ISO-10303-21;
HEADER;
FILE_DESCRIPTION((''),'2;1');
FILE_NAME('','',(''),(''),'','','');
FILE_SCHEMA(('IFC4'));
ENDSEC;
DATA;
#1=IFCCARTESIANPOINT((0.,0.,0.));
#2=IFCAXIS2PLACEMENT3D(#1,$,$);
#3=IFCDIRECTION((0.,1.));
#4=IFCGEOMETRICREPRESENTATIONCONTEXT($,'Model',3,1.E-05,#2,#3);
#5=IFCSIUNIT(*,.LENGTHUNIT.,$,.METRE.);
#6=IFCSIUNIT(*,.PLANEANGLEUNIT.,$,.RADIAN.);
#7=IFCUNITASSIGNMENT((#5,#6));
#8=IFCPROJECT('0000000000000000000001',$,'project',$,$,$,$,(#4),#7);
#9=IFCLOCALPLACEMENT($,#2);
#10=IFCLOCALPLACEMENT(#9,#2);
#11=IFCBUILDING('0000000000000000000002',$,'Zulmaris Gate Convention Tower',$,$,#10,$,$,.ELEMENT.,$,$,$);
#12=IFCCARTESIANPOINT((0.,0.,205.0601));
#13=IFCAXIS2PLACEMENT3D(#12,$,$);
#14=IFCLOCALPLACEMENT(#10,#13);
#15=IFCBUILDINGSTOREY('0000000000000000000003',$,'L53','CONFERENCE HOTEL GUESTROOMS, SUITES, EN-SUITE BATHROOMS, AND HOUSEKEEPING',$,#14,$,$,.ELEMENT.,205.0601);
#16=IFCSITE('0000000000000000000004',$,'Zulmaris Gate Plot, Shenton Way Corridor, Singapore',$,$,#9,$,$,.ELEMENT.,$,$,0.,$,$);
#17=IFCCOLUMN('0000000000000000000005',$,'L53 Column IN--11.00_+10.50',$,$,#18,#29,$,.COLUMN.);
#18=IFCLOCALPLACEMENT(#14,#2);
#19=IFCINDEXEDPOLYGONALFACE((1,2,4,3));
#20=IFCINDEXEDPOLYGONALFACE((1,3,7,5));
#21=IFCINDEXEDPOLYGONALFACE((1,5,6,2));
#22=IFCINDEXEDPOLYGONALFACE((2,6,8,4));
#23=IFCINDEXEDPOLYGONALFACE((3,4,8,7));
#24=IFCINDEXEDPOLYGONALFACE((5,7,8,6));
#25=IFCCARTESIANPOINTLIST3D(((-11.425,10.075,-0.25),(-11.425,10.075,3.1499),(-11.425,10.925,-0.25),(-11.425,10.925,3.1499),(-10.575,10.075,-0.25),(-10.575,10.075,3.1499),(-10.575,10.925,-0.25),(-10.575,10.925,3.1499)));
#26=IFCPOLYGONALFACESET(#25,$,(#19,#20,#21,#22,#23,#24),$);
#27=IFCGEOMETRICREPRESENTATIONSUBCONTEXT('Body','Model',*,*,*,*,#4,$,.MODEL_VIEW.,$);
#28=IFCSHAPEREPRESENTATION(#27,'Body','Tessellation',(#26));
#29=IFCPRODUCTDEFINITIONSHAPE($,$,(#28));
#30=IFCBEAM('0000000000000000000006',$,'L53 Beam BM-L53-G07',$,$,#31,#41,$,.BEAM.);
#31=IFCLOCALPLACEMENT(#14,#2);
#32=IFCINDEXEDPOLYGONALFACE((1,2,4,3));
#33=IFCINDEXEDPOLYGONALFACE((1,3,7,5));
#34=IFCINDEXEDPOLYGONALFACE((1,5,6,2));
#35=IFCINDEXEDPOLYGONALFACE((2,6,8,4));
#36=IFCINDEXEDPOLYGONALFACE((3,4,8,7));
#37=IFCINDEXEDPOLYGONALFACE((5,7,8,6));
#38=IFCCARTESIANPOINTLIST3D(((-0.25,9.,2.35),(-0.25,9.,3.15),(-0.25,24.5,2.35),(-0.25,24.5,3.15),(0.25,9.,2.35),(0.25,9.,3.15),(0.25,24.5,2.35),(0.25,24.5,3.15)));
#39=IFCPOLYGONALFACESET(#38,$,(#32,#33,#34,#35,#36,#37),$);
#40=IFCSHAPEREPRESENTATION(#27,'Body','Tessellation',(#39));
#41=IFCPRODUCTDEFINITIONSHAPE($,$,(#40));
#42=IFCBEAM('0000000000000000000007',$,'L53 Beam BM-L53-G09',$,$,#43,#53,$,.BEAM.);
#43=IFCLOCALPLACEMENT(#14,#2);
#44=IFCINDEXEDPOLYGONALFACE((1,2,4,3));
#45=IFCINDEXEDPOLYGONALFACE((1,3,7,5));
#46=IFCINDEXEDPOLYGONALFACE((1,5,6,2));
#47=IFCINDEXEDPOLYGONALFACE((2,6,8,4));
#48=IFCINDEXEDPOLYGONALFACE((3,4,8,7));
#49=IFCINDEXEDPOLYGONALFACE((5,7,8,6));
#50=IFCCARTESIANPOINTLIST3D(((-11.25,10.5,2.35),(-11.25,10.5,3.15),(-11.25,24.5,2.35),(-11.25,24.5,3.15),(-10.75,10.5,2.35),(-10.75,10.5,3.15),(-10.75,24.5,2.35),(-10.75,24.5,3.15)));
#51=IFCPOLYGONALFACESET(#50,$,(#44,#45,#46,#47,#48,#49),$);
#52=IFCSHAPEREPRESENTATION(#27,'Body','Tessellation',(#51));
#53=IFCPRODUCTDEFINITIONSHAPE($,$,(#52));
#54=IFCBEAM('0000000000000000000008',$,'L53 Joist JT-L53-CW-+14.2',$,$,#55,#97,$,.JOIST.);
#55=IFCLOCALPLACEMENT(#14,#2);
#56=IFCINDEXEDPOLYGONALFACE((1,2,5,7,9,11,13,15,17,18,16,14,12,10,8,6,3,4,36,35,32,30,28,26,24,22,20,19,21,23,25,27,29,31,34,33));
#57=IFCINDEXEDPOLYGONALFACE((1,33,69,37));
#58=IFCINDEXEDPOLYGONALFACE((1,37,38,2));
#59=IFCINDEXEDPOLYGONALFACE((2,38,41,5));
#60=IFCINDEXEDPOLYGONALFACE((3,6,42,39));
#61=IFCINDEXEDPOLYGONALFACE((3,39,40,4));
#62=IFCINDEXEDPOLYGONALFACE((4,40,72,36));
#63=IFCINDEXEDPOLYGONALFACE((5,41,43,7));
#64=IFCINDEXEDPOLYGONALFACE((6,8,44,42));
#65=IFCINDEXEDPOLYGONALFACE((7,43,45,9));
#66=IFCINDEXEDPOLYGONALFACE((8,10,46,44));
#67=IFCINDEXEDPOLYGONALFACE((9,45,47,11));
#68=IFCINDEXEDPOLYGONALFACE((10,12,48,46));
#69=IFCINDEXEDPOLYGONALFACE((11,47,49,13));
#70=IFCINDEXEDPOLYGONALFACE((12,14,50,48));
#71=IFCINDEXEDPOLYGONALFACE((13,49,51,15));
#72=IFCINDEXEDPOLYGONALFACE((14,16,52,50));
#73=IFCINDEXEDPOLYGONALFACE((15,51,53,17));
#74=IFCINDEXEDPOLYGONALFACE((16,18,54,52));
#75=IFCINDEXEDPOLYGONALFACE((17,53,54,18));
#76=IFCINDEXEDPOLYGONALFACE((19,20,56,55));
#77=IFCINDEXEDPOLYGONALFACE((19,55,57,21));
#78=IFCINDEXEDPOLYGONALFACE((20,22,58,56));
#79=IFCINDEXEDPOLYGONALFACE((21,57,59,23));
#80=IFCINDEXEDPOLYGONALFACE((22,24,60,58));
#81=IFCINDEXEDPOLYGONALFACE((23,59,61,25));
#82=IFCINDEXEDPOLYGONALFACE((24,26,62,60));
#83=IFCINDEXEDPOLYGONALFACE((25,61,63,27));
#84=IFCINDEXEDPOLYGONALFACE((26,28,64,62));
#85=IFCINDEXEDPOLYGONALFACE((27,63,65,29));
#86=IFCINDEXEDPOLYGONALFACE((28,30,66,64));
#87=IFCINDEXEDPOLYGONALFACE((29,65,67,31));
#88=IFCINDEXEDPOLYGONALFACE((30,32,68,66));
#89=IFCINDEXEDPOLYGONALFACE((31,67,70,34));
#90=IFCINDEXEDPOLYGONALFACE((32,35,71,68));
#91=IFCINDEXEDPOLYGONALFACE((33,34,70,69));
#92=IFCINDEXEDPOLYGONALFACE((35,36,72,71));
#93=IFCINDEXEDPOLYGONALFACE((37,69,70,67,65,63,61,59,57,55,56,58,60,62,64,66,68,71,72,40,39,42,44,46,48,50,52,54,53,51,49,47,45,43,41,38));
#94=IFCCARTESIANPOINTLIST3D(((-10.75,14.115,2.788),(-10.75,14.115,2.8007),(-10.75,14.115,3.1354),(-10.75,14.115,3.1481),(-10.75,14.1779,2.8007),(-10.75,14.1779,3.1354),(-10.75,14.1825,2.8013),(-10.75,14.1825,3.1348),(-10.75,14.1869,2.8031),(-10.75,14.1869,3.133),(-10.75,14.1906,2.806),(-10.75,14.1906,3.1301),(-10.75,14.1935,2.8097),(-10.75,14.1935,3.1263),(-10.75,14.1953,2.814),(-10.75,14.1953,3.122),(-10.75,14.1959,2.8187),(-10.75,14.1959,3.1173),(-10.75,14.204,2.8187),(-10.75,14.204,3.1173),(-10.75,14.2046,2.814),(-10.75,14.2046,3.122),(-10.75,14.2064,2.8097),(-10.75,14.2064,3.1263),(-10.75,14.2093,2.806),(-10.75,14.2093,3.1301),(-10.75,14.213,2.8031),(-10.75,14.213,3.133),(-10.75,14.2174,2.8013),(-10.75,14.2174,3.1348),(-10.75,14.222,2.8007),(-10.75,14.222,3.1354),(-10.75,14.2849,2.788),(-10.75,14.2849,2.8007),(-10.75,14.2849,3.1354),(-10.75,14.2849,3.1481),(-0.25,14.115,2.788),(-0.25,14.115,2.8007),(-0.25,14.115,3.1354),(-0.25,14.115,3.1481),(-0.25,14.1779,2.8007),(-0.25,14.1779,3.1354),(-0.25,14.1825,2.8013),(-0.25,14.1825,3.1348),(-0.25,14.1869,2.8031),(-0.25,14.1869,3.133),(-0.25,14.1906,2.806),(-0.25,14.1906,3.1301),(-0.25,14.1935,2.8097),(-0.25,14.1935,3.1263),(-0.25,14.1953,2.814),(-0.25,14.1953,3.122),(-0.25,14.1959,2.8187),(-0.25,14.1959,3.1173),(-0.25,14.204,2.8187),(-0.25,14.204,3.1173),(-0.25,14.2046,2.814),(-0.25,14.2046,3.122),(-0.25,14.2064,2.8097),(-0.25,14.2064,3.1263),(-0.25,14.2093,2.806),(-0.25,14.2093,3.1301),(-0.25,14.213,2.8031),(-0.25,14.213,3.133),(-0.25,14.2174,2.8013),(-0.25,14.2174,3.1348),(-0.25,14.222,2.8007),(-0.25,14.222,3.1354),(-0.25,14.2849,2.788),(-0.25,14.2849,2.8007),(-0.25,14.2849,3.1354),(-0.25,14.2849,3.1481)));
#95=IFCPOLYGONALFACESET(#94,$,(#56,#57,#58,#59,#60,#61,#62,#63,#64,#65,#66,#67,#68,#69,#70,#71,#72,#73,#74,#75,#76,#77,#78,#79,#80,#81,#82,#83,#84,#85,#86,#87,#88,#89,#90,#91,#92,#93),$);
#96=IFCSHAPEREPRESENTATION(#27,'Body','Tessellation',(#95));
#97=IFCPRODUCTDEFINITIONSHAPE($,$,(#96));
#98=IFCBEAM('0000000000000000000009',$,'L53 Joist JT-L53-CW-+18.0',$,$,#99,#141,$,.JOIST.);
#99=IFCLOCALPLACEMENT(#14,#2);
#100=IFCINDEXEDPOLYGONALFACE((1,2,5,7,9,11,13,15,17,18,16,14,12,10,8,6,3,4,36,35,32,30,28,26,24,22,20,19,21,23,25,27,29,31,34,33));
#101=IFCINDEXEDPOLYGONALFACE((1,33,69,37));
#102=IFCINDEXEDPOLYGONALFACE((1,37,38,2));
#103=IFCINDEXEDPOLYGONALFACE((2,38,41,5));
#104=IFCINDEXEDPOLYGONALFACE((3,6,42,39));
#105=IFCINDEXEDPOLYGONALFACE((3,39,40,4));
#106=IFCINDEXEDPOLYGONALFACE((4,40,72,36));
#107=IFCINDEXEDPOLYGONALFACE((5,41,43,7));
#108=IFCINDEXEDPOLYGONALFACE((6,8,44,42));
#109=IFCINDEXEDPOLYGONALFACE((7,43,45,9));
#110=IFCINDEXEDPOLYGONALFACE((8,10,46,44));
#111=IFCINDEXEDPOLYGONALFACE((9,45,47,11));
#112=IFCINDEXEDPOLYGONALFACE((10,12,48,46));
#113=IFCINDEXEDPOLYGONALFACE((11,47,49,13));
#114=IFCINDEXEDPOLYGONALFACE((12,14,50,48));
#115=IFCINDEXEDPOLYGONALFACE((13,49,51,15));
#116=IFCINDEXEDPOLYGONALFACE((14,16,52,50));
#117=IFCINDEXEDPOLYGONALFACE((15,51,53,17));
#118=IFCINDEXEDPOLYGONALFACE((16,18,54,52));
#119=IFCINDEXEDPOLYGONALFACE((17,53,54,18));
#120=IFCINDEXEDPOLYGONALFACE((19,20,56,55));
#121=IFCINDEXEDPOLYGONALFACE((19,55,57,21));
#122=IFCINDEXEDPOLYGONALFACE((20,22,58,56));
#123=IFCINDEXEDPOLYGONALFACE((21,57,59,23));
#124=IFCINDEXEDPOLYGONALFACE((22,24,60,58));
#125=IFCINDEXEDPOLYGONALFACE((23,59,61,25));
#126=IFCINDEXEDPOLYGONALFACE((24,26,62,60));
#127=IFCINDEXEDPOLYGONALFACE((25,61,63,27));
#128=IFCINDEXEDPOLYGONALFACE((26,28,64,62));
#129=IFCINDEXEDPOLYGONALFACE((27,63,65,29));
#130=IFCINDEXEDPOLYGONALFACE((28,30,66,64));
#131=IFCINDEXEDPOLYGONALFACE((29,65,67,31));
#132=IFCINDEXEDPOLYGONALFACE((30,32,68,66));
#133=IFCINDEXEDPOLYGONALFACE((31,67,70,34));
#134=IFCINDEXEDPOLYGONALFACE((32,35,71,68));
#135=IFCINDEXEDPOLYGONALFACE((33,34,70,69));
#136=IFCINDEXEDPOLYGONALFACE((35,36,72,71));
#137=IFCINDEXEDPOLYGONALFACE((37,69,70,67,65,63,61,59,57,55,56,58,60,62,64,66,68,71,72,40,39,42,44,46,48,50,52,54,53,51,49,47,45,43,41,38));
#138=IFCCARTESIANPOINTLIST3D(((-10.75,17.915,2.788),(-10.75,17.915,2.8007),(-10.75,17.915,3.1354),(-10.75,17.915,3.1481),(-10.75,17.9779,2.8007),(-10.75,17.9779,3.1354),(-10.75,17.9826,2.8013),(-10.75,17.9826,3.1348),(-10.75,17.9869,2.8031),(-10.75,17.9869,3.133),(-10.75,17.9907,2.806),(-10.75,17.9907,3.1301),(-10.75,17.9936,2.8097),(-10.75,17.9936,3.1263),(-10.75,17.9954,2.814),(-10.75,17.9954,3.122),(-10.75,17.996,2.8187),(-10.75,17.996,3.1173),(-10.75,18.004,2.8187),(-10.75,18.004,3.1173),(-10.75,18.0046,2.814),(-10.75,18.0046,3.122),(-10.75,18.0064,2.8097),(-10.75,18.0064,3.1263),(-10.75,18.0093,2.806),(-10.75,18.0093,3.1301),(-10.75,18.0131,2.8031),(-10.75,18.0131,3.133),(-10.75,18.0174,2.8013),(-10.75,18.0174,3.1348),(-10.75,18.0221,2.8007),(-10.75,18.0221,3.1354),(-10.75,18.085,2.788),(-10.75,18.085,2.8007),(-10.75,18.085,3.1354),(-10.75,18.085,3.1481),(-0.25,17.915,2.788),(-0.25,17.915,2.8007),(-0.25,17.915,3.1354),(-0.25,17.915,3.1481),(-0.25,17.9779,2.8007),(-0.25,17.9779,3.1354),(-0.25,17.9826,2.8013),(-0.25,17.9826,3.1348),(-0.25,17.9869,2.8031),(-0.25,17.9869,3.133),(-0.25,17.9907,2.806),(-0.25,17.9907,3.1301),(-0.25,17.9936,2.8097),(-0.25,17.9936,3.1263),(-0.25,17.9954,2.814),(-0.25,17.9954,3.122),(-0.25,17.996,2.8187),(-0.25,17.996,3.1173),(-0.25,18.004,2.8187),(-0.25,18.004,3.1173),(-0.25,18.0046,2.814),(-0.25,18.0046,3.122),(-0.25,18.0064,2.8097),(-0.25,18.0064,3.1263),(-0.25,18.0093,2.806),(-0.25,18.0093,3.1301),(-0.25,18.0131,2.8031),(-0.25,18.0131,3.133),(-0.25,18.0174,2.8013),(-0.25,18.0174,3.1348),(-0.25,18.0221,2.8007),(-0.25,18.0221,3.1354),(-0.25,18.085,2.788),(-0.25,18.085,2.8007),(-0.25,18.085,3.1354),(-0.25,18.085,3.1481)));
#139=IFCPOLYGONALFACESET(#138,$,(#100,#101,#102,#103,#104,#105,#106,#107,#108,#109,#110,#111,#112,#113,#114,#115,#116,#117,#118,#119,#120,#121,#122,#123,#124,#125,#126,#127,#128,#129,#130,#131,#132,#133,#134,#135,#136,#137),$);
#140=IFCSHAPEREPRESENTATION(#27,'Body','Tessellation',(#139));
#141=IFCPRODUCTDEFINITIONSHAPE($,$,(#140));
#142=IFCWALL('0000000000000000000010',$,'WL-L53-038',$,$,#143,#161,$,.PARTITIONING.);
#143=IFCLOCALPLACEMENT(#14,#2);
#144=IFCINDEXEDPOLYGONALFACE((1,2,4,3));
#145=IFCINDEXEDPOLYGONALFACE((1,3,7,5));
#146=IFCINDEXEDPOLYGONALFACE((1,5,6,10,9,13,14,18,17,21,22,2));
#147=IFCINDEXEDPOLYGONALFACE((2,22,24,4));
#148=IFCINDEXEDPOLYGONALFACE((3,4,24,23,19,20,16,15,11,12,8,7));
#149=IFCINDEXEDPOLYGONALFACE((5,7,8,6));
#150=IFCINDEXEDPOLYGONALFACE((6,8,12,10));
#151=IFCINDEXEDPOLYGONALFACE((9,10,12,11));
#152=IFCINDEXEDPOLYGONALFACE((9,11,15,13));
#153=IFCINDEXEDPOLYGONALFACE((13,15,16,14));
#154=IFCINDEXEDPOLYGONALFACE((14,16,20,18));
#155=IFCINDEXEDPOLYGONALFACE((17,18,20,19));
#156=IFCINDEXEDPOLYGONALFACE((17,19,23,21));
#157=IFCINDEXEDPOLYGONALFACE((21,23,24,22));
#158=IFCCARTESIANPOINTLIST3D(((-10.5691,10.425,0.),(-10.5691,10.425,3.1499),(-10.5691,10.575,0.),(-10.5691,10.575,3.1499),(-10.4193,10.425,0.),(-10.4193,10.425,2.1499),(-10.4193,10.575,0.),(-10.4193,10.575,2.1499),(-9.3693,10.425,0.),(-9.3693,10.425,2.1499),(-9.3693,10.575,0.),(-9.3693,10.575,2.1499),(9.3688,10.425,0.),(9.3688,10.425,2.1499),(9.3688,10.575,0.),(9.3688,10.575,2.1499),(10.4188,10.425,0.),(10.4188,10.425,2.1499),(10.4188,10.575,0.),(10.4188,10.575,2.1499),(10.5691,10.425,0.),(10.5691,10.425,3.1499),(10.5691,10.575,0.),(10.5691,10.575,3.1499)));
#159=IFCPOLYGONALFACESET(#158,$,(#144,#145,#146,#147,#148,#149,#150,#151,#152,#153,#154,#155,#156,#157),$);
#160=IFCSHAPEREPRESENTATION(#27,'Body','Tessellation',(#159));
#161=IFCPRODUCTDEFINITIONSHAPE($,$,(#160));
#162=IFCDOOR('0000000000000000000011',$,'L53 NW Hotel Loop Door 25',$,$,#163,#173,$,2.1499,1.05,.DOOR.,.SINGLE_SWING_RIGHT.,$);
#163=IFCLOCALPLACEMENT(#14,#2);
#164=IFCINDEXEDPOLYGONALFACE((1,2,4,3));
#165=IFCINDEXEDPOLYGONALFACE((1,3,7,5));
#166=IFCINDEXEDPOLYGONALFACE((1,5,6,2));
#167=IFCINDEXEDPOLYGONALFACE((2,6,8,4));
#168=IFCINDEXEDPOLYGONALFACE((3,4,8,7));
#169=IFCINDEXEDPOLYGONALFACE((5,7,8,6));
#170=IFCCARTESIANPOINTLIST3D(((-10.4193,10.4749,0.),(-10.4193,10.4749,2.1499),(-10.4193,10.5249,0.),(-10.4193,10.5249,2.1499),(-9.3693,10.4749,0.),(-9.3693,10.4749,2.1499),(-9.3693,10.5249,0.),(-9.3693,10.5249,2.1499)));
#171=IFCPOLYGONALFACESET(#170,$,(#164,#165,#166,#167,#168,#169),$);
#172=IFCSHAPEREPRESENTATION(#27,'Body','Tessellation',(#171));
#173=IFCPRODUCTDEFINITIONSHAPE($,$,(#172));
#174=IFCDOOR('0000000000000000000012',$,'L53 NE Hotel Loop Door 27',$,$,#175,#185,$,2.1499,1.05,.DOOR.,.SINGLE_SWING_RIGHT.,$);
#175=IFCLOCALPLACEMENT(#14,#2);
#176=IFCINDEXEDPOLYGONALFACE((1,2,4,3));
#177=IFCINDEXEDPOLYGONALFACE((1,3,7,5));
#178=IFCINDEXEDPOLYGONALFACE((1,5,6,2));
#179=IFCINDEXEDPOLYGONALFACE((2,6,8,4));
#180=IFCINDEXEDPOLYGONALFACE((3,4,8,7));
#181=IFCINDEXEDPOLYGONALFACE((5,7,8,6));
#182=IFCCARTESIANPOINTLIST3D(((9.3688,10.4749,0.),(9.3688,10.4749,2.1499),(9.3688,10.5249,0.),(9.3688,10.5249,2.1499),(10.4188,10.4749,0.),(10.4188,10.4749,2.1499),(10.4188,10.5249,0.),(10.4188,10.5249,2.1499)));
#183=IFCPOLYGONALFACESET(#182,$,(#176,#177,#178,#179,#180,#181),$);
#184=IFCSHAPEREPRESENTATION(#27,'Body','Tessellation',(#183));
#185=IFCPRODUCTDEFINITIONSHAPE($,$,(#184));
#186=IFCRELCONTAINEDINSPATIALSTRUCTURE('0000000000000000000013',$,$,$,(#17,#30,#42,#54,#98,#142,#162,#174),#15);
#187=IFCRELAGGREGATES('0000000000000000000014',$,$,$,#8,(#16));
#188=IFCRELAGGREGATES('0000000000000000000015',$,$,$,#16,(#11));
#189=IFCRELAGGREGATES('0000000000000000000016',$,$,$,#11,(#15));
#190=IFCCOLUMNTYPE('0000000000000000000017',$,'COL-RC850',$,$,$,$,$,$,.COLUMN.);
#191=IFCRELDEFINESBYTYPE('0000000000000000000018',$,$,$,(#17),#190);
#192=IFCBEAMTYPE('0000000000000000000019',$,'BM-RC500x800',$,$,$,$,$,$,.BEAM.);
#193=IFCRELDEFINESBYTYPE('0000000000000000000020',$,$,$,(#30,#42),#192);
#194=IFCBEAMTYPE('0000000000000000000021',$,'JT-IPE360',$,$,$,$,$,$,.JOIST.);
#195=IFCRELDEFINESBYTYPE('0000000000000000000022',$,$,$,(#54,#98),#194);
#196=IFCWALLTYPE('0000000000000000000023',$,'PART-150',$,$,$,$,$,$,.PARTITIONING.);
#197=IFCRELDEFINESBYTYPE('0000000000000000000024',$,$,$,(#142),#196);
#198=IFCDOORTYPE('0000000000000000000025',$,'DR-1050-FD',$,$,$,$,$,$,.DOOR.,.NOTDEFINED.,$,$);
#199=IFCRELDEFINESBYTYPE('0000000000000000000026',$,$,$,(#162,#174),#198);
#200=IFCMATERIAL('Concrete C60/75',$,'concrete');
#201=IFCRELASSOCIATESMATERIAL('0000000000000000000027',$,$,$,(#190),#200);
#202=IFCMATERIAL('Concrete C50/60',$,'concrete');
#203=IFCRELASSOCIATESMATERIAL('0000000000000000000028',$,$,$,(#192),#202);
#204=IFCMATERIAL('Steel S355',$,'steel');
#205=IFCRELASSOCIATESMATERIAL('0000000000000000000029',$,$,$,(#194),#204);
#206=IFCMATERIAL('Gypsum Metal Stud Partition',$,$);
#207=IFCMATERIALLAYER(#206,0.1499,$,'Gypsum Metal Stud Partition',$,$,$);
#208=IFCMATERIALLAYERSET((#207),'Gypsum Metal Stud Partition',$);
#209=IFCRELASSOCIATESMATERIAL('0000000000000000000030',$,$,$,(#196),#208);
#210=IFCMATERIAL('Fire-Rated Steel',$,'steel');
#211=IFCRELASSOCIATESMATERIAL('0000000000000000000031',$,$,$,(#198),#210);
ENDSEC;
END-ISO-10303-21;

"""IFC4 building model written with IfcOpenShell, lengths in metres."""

from ifc_helpers import new_model, si_unit, direction, frame, frame_2d, origin, origin_2d, place, context, subcontext, project, spatial, rectangle, i_section, extrude, material, layer, layer_set, material_profile, profile_set, type_object, element, fill, save


model = new_model("IFC4")

# Units and contexts
model_context = context("Model", 3, precision=1e-05, world=origin(), true_north=direction((0.0, 1.0)))
body_context = subcontext(model_context, "Body", "Model", "MODEL_VIEW")
ifc_project = project(units=[si_unit("LENGTHUNIT", "METRE"), si_unit("PLANEANGLEUNIT", "RADIAN")], contexts=[model_context])

# Site, building, storey
site_placement = place(None, origin())
site = spatial("IfcSite", under=ifc_project, at=site_placement, Name="Zulmaris Gate Plot, Shenton Way Corridor, Singapore", CompositionType="ELEMENT", RefElevation=0.0)
building_placement = place(site_placement, origin())
building = spatial("IfcBuilding", under=site, at=building_placement, Name="Zulmaris Gate Convention Tower", CompositionType="ELEMENT")
storey_placement = place(building_placement, frame((0.0, 0.0, 205.0601)))
storey = spatial("IfcBuildingStorey", under=building, at=storey_placement, Name="L53", Description="CONFERENCE HOTEL GUESTROOMS, SUITES, EN-SUITE BATHROOMS, AND HOUSEKEEPING", CompositionType="ELEMENT", Elevation=205.0601)

# Column
ifc_material_1 = material(Name="Concrete C60/75", Category="concrete")
ifc_material_profile_1 = material_profile(ifc_material_1, rectangle(XDim=0.8501, YDim=0.8501, at=origin_2d()), Name="RC COL 850x850")
ifc_profile_set_1 = profile_set([ifc_material_profile_1], Name="Concrete C60/75")
column_type = type_object("IfcColumnType", Name="COL-RC850", PredefinedType="COLUMN", material=ifc_profile_set_1)
column_placement = place(storey_placement, frame((-11.0, 10.5, -0.25), z_axis=(0.0, 0.0, 1.0), x_axis=(1.0, 0.0, 0.0)))
element("IfcColumn", 1, at=column_placement, inside=storey, type_object=column_type, Name="L53 Column IN--11.00_+10.50", PredefinedType="COLUMN", context=body_context, shape_type="SweptSolid", body=[
    extrude(rectangle(XDim=0.8501, YDim=0.8501, at=origin_2d()), origin(), (0.0, 0.0, 1.0), 3.3999),
])

# Beams
ifc_material_2 = material(Name="Concrete C50/60", Category="concrete")
ifc_material_profile_2 = material_profile(ifc_material_2, rectangle(XDim=0.5, YDim=0.8, at=origin_2d()), Name="RC BEAM 500x800")
ifc_profile_set_2 = profile_set([ifc_material_profile_2], Name="Concrete C50/60")
beam_type_1 = type_object("IfcBeamType", Name="BM-RC500x800", PredefinedType="BEAM", material=ifc_profile_set_2)
beam_1_placement = place(storey_placement, frame((0.0, 9.0, 2.75), z_axis=(0.0, 1.0, 0.0), x_axis=(-1.0, 0.0, 0.0)))
element("IfcBeam", 2, at=beam_1_placement, inside=storey, type_object=beam_type_1, Name="L53 Beam BM-L53-G07", PredefinedType="BEAM", context=body_context, shape_type="SweptSolid", body=[
    extrude(rectangle(XDim=0.5, YDim=0.8, at=origin_2d()), origin(), (0.0, 0.0, 1.0), 15.5),
])
beam_2_placement = place(storey_placement, frame((-11.0, 10.5, 2.75), z_axis=(0.0, 1.0, 0.0), x_axis=(-1.0, 0.0, 0.0)))
element("IfcBeam", 3, at=beam_2_placement, inside=storey, type_object=beam_type_1, Name="L53 Beam BM-L53-G09", PredefinedType="BEAM", context=body_context, shape_type="SweptSolid", body=[
    extrude(rectangle(XDim=0.5, YDim=0.8, at=origin_2d()), origin(), (0.0, 0.0, 1.0), 14.0),
])
ifc_material_3 = material(Name="Steel S355", Category="steel")
ifc_material_profile_3 = material_profile(ifc_material_3, i_section(OverallWidth=0.1699, OverallDepth=0.3601, WebThickness=0.0081, FlangeThickness=0.0127, FilletRadius=0.0181, at=origin_2d()), Name="IPE 360")
ifc_profile_set_3 = profile_set([ifc_material_profile_3], Name="Steel S355")
beam_type_2 = type_object("IfcBeamType", Name="JT-IPE360", PredefinedType="JOIST", material=ifc_profile_set_3)
for number, where, z_axis, x_axis, name in (
    (4, (-10.75, 14.2, 2.968), (1.0, 0.0, 0.0), (0.0, 1.0, 0.0), "L53 Joist JT-L53-CW-+14.2"),
    (5, (-10.75, 18.0, 2.968), (1.0, 0.0, 0.0), (0.0, 1.0, 0.0), "L53 Joist JT-L53-CW-+18.0"),
):
    element("IfcBeam", number, at=place(storey_placement, frame(where, z_axis=z_axis, x_axis=x_axis)), inside=storey, type_object=beam_type_2, Name=name, PredefinedType="JOIST", context=body_context, shape_type="SweptSolid", body=[
        extrude(i_section(OverallWidth=0.1699, OverallDepth=0.3601, WebThickness=0.0081, FlangeThickness=0.0127, FilletRadius=0.0181, at=origin_2d()), origin(), (0.0, 0.0, 1.0), 10.5),
    ])

# Wall, openings, doors
ifc_material_4 = material(Name="Gypsum Metal Stud Partition")
ifc_layer_1 = layer(ifc_material_4, 0.1499, Name="Gypsum Metal Stud Partition")
ifc_layer_set_1 = layer_set([ifc_layer_1], Name="Gypsum Metal Stud Partition")
wall_type_1 = type_object("IfcWallType", Name="PART-150", PredefinedType="PARTITIONING", material=ifc_layer_set_1)
wall_1_placement = place(storey_placement, frame((-10.5691, 10.5, 0.0), z_axis=(0.0, 0.0, 1.0), x_axis=(1.0, 0.0, 0.0)))
wall_1 = element("IfcWall", 6, at=wall_1_placement, inside=storey, type_object=wall_type_1, Name="WL-L53-038", PredefinedType="PARTITIONING", context=body_context, shape_type="SweptSolid", body=[
    extrude(rectangle(XDim=21.1382, YDim=0.1499, at=frame_2d((10.5691, 0.0))), origin(), (0.0, 0.0, 1.0), 3.1499),
])
opening_1_placement = place(wall_1_placement, frame((0.1499, 0.0, 0.0)))
opening_1 = element("IfcOpeningElement", 7, at=opening_1_placement, cuts=wall_1, PredefinedType="OPENING", context=body_context, shape_type="SweptSolid", body=[
    extrude(rectangle(XDim=1.05, YDim=2.1499, at=frame_2d((0.5249, 1.075))), frame((0.0, 0.085, 0.0), z_axis=(0.0, -1.0, 0.0), x_axis=(1.0, 0.0, 0.0)), (0.0, 0.0, 1.0), 0.1699),
])
opening_2_placement = place(wall_1_placement, frame((19.938, 0.0, 0.0)))
opening_2 = element("IfcOpeningElement", 8, at=opening_2_placement, cuts=wall_1, PredefinedType="OPENING", context=body_context, shape_type="SweptSolid", body=[
    extrude(rectangle(XDim=1.05, YDim=2.1499, at=frame_2d((0.5249, 1.075))), frame((0.0, 0.085, 0.0), z_axis=(0.0, -1.0, 0.0), x_axis=(1.0, 0.0, 0.0)), (0.0, 0.0, 1.0), 0.1699),
])
ifc_material_5 = material(Name="Fire-Rated Steel", Category="steel")
door_type_1 = type_object("IfcDoorType", Name="DR-1050-FD", OperationType="NOTDEFINED", PredefinedType="DOOR", material=ifc_material_5)
door_1_placement = place(opening_1_placement, origin())
door_1 = element("IfcDoor", 9, at=door_1_placement, inside=storey, type_object=door_type_1, Name="L53 NW Hotel Loop Door 25", OperationType="SINGLE_SWING_RIGHT", OverallHeight=2.1499, OverallWidth=1.05, PredefinedType="DOOR", context=body_context, shape_type="SweptSolid", body=[
    extrude(rectangle(XDim=1.05, YDim=2.1499, at=frame_2d((0.5249, 1.075))), frame((0.0, 0.0249, 0.0), z_axis=(0.0, -1.0, 0.0), x_axis=(1.0, 0.0, 0.0)), (0.0, 0.0, 1.0), 0.05),
])
fill(opening_1, door_1)
door_2_placement = place(opening_2_placement, origin())
door_2 = element("IfcDoor", 10, at=door_2_placement, inside=storey, type_object=door_type_1, Name="L53 NE Hotel Loop Door 27", OperationType="SINGLE_SWING_RIGHT", OverallHeight=2.1499, OverallWidth=1.05, PredefinedType="DOOR", context=body_context, shape_type="SweptSolid", body=[
    extrude(rectangle(XDim=1.05, YDim=2.1499, at=frame_2d((0.5249, 1.075))), frame((0.0, 0.0249, 0.0), z_axis=(0.0, -1.0, 0.0), x_axis=(1.0, 0.0, 0.0)), (0.0, 0.0, 1.0), 0.05),
])
fill(opening_2, door_2)

save(model, "model.ifc")
